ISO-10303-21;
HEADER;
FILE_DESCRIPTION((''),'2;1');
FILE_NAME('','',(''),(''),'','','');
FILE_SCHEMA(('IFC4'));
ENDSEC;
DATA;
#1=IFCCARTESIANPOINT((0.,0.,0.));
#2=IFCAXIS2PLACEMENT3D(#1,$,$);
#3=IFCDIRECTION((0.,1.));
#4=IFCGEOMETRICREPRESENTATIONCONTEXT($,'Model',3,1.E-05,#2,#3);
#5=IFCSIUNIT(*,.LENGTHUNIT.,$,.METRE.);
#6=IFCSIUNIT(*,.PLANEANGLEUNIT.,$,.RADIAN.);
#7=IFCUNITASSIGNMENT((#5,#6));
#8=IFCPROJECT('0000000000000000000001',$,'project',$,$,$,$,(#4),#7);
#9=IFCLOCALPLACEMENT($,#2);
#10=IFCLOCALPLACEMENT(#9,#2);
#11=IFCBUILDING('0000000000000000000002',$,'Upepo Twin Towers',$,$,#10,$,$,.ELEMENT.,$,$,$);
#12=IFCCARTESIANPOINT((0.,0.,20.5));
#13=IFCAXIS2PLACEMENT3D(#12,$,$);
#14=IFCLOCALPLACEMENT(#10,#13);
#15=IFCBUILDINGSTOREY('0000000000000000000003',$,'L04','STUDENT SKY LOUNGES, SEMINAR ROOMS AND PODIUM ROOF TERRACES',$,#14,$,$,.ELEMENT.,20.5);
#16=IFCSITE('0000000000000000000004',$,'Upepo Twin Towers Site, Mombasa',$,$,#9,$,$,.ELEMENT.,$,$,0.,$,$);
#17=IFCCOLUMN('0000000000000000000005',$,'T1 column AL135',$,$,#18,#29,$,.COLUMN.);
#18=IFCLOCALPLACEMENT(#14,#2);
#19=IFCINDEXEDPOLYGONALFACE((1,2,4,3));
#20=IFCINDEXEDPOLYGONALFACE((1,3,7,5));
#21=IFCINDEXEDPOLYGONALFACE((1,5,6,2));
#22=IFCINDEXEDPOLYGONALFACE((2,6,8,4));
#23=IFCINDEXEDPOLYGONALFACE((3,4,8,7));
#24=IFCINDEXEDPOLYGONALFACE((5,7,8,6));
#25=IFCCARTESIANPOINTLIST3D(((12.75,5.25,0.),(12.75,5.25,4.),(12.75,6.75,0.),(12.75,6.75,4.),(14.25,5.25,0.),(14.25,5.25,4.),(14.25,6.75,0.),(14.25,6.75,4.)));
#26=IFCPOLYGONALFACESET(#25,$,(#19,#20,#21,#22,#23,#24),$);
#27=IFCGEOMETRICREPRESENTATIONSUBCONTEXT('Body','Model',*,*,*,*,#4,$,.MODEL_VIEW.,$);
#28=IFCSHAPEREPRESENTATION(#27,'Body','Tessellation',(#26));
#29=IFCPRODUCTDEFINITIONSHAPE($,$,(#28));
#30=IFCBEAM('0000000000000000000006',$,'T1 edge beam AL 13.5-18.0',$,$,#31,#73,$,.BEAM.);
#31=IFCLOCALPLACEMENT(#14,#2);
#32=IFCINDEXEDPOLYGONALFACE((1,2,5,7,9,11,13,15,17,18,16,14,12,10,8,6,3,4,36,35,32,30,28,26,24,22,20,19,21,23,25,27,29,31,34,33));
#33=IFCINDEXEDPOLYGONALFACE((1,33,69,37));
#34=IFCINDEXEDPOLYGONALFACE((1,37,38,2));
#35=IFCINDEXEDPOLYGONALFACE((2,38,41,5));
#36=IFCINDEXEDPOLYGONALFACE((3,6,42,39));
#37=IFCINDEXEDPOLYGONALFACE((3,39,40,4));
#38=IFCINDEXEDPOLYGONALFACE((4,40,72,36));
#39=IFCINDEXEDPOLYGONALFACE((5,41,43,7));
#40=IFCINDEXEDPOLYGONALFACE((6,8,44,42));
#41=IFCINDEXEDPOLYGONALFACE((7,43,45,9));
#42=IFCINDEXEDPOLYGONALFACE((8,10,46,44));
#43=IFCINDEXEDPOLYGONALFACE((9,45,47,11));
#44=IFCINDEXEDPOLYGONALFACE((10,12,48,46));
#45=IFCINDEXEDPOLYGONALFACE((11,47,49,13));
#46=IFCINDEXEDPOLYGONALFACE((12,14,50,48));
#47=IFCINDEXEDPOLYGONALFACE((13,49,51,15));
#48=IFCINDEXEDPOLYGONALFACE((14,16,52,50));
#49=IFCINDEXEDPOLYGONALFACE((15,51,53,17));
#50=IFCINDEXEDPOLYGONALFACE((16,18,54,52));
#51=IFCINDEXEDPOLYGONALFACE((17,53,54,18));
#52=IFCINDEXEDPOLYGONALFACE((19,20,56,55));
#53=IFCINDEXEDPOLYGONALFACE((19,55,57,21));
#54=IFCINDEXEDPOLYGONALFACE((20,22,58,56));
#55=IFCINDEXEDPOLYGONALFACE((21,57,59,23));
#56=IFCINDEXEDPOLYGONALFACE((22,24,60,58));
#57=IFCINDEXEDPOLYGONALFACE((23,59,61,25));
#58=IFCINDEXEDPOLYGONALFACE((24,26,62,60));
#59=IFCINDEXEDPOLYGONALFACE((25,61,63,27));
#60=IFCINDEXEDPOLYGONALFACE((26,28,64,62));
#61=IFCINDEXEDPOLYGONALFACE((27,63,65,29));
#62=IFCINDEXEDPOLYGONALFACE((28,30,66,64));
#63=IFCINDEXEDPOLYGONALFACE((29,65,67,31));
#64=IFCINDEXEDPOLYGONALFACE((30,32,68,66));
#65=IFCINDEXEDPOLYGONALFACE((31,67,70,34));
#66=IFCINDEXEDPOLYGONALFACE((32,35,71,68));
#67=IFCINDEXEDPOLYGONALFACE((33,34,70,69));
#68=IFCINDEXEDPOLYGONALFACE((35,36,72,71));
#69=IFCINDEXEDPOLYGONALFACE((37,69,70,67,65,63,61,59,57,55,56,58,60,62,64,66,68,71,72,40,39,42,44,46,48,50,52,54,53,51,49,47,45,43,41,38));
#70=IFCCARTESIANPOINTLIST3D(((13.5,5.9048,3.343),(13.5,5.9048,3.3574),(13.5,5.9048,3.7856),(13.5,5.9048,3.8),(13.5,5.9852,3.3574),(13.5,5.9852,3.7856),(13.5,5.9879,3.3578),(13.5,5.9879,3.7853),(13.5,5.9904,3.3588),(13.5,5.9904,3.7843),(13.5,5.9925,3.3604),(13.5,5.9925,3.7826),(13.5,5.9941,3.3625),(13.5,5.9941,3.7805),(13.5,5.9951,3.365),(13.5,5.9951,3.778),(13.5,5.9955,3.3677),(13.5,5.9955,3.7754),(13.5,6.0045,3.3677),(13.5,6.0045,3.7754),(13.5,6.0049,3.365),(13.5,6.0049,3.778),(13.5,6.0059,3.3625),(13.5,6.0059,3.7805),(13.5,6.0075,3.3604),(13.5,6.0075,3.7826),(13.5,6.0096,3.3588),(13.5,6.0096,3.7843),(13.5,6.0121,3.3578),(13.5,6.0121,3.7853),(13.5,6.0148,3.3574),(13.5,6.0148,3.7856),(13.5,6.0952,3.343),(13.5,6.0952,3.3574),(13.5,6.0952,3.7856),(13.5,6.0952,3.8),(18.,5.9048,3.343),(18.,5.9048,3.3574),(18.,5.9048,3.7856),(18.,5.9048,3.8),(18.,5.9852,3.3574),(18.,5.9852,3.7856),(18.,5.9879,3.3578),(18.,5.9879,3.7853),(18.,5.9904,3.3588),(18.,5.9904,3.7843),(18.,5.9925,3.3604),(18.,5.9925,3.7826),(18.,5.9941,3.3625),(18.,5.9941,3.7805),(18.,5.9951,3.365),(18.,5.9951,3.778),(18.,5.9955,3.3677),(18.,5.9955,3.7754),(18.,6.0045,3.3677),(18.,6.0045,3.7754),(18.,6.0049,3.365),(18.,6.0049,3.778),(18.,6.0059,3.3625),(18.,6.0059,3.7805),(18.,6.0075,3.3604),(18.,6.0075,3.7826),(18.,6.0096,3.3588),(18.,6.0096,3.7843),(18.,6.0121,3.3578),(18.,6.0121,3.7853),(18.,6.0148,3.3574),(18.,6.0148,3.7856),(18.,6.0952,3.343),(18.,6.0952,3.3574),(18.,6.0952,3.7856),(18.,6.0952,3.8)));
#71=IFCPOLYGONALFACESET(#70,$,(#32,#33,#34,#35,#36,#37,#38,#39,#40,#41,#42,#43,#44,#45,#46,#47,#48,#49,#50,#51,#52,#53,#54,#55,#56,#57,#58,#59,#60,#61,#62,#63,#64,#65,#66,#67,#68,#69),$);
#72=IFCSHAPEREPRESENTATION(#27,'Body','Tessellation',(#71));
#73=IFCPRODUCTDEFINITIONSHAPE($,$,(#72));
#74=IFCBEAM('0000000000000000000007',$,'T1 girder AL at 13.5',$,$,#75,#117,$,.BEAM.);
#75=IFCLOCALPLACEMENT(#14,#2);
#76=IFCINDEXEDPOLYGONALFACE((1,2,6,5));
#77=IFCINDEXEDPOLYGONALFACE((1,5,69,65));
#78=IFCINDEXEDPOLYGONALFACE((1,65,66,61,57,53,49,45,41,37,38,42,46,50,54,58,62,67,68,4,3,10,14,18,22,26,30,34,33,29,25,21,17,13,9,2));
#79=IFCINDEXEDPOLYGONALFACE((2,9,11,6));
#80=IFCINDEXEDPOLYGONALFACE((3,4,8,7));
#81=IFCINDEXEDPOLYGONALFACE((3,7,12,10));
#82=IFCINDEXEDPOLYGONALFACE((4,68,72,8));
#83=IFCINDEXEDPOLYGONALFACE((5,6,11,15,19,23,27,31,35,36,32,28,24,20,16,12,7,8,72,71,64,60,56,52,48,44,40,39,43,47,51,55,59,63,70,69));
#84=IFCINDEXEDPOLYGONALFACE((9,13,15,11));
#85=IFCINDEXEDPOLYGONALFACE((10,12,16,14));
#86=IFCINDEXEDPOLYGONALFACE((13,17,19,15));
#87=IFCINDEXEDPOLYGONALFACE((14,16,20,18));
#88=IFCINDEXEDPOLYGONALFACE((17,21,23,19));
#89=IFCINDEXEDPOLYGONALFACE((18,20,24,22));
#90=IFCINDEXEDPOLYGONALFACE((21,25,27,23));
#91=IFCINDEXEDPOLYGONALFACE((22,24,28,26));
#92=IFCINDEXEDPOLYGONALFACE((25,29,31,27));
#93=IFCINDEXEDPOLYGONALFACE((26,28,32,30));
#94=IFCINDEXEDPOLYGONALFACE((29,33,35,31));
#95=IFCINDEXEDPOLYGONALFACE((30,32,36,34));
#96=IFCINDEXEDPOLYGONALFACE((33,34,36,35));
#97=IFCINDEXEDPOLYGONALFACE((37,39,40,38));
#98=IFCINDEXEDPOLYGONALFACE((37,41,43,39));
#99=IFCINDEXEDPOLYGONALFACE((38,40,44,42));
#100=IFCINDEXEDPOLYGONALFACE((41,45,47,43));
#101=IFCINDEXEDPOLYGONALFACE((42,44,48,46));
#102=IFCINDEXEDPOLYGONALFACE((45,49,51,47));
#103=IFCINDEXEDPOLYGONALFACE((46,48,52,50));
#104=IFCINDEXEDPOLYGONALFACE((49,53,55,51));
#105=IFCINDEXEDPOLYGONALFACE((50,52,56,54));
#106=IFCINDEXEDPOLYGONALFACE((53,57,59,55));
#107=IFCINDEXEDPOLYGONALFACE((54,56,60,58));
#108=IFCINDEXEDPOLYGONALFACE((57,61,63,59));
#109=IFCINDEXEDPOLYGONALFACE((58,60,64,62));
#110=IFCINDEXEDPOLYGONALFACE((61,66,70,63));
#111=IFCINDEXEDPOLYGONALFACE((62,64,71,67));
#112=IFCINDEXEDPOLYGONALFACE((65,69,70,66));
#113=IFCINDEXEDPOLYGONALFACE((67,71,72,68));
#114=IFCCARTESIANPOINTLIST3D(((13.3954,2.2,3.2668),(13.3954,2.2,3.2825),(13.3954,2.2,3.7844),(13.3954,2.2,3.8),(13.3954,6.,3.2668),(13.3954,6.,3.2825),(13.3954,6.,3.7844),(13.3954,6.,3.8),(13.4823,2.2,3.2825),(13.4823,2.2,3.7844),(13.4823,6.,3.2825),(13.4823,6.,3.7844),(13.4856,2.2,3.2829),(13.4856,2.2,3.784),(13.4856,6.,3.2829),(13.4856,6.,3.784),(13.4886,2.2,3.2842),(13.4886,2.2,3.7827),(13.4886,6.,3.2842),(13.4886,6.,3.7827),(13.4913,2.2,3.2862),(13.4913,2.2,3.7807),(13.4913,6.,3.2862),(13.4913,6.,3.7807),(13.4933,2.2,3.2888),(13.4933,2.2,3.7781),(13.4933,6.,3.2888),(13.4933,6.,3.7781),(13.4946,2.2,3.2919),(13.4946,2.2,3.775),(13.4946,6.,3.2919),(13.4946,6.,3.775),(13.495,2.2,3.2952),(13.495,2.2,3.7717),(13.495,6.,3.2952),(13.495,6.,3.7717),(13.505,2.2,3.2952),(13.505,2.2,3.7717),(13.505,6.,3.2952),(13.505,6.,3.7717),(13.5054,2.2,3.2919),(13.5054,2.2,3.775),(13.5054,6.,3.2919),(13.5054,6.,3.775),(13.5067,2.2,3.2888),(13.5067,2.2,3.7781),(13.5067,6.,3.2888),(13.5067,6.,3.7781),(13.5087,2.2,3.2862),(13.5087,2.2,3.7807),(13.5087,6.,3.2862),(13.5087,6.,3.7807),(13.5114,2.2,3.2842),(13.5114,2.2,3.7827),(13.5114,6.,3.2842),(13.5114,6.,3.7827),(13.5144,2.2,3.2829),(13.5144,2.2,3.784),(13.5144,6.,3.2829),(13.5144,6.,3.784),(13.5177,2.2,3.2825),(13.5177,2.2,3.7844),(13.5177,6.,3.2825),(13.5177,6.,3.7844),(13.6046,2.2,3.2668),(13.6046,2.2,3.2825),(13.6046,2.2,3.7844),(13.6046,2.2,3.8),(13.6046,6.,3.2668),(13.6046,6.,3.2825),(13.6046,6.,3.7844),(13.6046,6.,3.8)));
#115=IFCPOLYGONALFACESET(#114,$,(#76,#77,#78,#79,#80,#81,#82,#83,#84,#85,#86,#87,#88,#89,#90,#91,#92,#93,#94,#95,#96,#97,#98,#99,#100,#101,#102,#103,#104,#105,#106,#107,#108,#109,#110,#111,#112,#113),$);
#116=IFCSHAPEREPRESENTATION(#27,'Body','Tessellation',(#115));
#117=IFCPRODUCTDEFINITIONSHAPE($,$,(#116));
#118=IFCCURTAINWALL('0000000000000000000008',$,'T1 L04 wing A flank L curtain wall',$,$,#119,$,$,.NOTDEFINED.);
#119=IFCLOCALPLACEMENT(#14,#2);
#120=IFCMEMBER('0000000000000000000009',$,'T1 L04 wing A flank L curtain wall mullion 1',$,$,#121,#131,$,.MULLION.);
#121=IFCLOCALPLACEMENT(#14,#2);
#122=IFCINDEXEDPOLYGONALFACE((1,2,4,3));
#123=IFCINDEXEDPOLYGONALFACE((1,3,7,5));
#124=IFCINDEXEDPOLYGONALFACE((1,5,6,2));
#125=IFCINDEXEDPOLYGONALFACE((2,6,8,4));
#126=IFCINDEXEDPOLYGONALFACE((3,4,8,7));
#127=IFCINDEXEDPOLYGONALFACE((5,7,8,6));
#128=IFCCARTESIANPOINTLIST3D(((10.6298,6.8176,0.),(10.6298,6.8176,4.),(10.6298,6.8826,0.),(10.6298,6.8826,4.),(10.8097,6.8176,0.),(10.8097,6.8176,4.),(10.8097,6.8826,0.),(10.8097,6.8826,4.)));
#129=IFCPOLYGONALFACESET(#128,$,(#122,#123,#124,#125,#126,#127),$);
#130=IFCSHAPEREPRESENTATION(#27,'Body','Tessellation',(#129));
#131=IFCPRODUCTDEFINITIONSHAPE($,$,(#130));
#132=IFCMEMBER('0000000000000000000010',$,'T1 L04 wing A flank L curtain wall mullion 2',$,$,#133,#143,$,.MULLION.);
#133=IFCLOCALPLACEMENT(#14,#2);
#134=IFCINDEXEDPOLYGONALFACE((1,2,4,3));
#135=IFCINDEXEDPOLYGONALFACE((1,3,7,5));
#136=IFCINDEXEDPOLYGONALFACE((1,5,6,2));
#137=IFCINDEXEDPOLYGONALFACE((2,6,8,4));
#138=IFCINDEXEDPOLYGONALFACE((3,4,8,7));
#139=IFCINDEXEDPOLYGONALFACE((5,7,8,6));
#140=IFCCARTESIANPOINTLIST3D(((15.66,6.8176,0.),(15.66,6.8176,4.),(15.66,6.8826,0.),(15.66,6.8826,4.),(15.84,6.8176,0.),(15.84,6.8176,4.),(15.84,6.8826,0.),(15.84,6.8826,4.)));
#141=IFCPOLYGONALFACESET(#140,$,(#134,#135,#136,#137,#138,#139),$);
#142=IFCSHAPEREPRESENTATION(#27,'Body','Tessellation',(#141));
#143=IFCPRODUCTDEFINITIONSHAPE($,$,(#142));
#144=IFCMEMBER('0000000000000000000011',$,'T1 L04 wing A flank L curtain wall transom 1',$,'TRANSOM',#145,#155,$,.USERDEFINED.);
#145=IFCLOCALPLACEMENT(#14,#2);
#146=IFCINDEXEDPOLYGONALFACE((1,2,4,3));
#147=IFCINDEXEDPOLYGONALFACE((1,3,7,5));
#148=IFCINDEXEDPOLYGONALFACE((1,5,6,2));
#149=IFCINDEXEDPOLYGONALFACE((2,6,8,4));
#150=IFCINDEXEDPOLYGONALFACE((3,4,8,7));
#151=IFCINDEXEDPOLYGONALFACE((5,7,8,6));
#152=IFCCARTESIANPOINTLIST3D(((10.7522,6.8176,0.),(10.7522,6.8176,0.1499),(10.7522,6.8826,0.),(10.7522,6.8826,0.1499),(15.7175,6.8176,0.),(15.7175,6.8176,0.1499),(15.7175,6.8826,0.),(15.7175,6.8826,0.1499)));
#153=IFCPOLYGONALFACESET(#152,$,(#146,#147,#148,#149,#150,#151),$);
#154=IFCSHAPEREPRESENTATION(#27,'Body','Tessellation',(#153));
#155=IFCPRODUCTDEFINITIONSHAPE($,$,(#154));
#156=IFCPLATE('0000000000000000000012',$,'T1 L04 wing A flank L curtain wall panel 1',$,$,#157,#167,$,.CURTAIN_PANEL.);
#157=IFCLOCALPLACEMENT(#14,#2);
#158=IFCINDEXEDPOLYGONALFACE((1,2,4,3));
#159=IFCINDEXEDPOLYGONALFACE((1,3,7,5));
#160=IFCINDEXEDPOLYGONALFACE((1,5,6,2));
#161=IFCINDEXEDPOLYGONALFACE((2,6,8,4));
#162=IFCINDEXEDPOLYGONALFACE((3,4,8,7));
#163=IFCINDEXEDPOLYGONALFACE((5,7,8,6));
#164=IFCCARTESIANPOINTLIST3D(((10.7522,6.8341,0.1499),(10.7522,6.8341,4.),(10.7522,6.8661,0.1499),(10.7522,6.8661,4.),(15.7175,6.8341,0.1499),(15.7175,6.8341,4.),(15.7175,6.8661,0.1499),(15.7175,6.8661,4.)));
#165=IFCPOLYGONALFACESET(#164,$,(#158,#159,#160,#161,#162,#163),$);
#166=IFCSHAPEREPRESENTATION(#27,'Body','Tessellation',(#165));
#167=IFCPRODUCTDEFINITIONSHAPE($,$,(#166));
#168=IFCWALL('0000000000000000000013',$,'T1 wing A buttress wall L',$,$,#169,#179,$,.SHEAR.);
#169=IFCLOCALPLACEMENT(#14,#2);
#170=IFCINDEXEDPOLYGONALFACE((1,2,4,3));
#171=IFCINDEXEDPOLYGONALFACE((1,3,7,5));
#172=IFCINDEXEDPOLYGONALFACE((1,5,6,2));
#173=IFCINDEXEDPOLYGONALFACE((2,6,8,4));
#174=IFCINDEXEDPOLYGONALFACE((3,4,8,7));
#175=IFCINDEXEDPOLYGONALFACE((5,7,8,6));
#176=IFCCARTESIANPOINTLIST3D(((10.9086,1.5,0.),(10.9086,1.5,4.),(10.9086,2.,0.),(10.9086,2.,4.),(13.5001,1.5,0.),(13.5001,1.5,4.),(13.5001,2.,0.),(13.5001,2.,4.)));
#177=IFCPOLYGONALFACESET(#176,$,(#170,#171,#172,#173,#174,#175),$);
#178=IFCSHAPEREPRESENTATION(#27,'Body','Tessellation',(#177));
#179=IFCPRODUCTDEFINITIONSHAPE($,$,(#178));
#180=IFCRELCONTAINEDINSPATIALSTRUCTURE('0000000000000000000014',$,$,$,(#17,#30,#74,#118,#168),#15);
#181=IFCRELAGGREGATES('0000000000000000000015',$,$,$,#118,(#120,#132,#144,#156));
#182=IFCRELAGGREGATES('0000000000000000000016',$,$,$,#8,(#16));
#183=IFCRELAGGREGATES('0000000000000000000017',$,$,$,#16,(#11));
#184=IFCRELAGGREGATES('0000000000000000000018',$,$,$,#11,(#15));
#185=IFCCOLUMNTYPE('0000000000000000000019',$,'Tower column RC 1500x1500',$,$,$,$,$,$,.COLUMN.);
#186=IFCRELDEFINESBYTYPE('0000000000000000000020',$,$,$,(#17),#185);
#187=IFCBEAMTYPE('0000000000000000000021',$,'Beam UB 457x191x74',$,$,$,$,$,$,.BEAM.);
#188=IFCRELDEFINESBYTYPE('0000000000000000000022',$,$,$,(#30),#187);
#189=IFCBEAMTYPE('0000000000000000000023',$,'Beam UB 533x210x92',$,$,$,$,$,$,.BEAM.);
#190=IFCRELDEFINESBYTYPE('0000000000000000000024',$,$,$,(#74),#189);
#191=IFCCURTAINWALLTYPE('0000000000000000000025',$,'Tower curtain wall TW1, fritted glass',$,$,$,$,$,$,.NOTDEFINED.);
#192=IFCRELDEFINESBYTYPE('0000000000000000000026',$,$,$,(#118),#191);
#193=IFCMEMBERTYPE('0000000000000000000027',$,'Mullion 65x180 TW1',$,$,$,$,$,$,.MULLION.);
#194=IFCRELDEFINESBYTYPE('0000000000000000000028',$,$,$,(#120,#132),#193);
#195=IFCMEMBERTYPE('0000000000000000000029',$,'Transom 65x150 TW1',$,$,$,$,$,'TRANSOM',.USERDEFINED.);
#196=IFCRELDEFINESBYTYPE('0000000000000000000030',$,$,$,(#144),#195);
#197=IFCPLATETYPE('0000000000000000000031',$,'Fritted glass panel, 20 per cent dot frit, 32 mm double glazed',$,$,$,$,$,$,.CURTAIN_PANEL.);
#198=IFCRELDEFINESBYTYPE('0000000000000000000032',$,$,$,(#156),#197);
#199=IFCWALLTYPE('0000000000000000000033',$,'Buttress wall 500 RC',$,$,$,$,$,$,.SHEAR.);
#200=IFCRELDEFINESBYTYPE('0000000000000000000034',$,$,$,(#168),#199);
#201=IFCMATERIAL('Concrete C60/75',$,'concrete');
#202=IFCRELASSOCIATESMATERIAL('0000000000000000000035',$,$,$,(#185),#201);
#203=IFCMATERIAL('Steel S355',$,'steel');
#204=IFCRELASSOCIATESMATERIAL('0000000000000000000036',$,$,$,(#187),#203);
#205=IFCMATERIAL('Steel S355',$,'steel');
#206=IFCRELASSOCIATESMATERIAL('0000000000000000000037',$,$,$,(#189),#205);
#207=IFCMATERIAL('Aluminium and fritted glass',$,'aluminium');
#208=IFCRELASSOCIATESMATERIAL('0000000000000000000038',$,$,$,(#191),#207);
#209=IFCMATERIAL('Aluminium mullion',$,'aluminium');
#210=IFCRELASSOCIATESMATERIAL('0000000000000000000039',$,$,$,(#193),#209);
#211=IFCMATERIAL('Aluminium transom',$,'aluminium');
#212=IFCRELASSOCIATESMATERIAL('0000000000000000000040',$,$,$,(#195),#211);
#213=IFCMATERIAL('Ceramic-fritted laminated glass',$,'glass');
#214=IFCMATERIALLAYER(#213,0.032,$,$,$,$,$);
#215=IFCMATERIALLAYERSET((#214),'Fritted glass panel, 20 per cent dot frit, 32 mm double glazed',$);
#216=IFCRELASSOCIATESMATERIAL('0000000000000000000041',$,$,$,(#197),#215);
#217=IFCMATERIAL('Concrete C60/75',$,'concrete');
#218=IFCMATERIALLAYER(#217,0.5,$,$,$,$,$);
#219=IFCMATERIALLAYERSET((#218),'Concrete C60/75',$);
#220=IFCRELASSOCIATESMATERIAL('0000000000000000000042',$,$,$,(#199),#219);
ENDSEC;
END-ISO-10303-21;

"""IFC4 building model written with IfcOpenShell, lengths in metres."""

from ifc_helpers import new_model, si_unit, direction, frame, frame_2d, origin, origin_2d, place, context, subcontext, project, spatial, rectangle, i_section, extrude, material, layer, layer_set, material_profile, profile_set, type_object, element, aggregate, save


model = new_model("IFC4")

# Units and contexts
model_context = context("Model", 3, precision=1e-05, world=origin(), true_north=direction((0.0, 1.0)))
body_context = subcontext(model_context, "Body", "Model", "MODEL_VIEW")
ifc_project = project(units=[si_unit("LENGTHUNIT", "METRE"), si_unit("PLANEANGLEUNIT", "RADIAN")], contexts=[model_context])

# Site, building, storey
site_placement = place(None, origin())
site = spatial("IfcSite", under=ifc_project, at=site_placement, Name="Upepo Twin Towers Site, Mombasa", CompositionType="ELEMENT", RefElevation=0.0)
building_placement = place(site_placement, origin())
building = spatial("IfcBuilding", under=site, at=building_placement, Name="Upepo Twin Towers", CompositionType="ELEMENT")
storey_placement = place(building_placement, frame((0.0, 0.0, 20.5)))
storey = spatial("IfcBuildingStorey", under=building, at=storey_placement, Name="L04", Description="STUDENT SKY LOUNGES, SEMINAR ROOMS AND PODIUM ROOF TERRACES", CompositionType="ELEMENT", Elevation=20.5)

# Column
ifc_material_1 = material(Name="Concrete C60/75", Category="concrete")
ifc_material_profile_1 = material_profile(ifc_material_1, rectangle(XDim=1.5, YDim=1.5, at=origin_2d()), Name="RC 1500x1500")
ifc_profile_set_1 = profile_set([ifc_material_profile_1], Name="Concrete C60/75")
column_type = type_object("IfcColumnType", Name="Tower column RC 1500x1500", PredefinedType="COLUMN", material=ifc_profile_set_1)
column_placement = place(storey_placement, frame((13.5, 6.0, 0.0), z_axis=(0.0, 0.0, 1.0), x_axis=(1.0, 0.0, 0.0)))
element("IfcColumn", 1, at=column_placement, inside=storey, type_object=column_type, Name="T1 column AL135", PredefinedType="COLUMN", context=body_context, shape_type="SweptSolid", body=[
    extrude(rectangle(XDim=1.5, YDim=1.5, at=origin_2d()), origin(), (0.0, 0.0, 1.0), 4.0),
])

# Beams
ifc_material_2 = material(Name="Steel S355", Category="steel")
ifc_material_profile_2 = material_profile(ifc_material_2, i_section(OverallWidth=0.1904, OverallDepth=0.457, WebThickness=0.009, FlangeThickness=0.0144, FilletRadius=0.0103, at=origin_2d()), Name="UB 457x191x74")
ifc_profile_set_2 = profile_set([ifc_material_profile_2], Name="Steel S355")
beam_type_1 = type_object("IfcBeamType", Name="Beam UB 457x191x74", PredefinedType="BEAM", material=ifc_profile_set_2)
beam_1_placement = place(storey_placement, frame((13.5, 6.0, 3.5715), z_axis=(1.0, 0.0, 0.0), x_axis=(0.0, 1.0, 0.0)))
element("IfcBeam", 2, at=beam_1_placement, inside=storey, type_object=beam_type_1, Name="T1 edge beam AL 13.5-18.0", PredefinedType="BEAM", context=body_context, shape_type="SweptSolid", body=[
    extrude(i_section(OverallWidth=0.1904, OverallDepth=0.457, WebThickness=0.009, FlangeThickness=0.0144, FilletRadius=0.0103, at=origin_2d()), origin(), (0.0, 0.0, 1.0), 4.5),
])
ifc_material_3 = material(Name="Steel S355", Category="steel")
ifc_material_profile_3 = material_profile(ifc_material_3, i_section(OverallWidth=0.2092, OverallDepth=0.5332, WebThickness=0.01, FlangeThickness=0.0156, FilletRadius=0.0127, at=origin_2d()), Name="UB 533x210x92")
ifc_profile_set_3 = profile_set([ifc_material_profile_3], Name="Steel S355")
beam_type_2 = type_object("IfcBeamType", Name="Beam UB 533x210x92", PredefinedType="BEAM", material=ifc_profile_set_3)
beam_2_placement = place(storey_placement, frame((13.5, 6.0, 3.5334), z_axis=(0.0, -1.0, 0.0), x_axis=(1.0, 0.0, 0.0)))
element("IfcBeam", 3, at=beam_2_placement, inside=storey, type_object=beam_type_2, Name="T1 girder AL at 13.5", PredefinedType="BEAM", context=body_context, shape_type="SweptSolid", body=[
    extrude(i_section(OverallWidth=0.2092, OverallDepth=0.5332, WebThickness=0.01, FlangeThickness=0.0156, FilletRadius=0.0127, at=origin_2d()), origin(), (0.0, 0.0, 1.0), 3.8),
])

# Curtain wall, members, plate
ifc_material_4 = material(Name="Aluminium and fritted glass", Category="aluminium")
curtain_wall_type = type_object("IfcCurtainWallType", Name="Tower curtain wall TW1, fritted glass", PredefinedType="NOTDEFINED", material=ifc_material_4)
curtain_wall_placement = place(storey_placement, origin())
curtain_wall = element("IfcCurtainWall", 4, at=curtain_wall_placement, inside=storey, type_object=curtain_wall_type, Name="T1 L04 wing A flank L curtain wall", PredefinedType="NOTDEFINED")
ifc_material_5 = material(Name="Aluminium mullion", Category="aluminium")
ifc_material_profile_4 = material_profile(ifc_material_5, rectangle(XDim=0.0649, YDim=0.1799, at=origin_2d()), Name="MULLION 65x180")
ifc_profile_set_4 = profile_set([ifc_material_profile_4], Name="Aluminium mullion")
member_type_1 = type_object("IfcMemberType", Name="Mullion 65x180 TW1", PredefinedType="MULLION", material=ifc_profile_set_4)
member_1_placement = place(storey_placement, frame((10.7197, 6.8501, 0.0), z_axis=(0.0, 0.0, 1.0), x_axis=(0.0, 1.0, 0.0)))
member_1 = element("IfcMember", 5, at=member_1_placement, type_object=member_type_1, Name="T1 L04 wing A flank L curtain wall mullion 1", PredefinedType="MULLION", context=body_context, shape_type="SweptSolid", body=[
    extrude(rectangle(XDim=0.0649, YDim=0.1799, at=origin_2d()), origin(), (0.0, 0.0, 1.0), 4.0),
])
member_2_placement = place(storey_placement, frame((15.75, 6.8501, 0.0), z_axis=(0.0, 0.0, 1.0), x_axis=(0.0, 1.0, 0.0)))
member_2 = element("IfcMember", 6, at=member_2_placement, type_object=member_type_1, Name="T1 L04 wing A flank L curtain wall mullion 2", PredefinedType="MULLION", context=body_context, shape_type="SweptSolid", body=[
    extrude(rectangle(XDim=0.0649, YDim=0.1799, at=origin_2d()), origin(), (0.0, 0.0, 1.0), 4.0),
])
ifc_material_6 = material(Name="Aluminium transom", Category="aluminium")
ifc_material_profile_5 = material_profile(ifc_material_6, rectangle(XDim=0.0649, YDim=0.1499, at=origin_2d()), Name="TRANSOM 65x150")
ifc_profile_set_5 = profile_set([ifc_material_profile_5], Name="Aluminium transom")
member_type_2 = type_object("IfcMemberType", Name="Transom 65x150 TW1", ElementType="TRANSOM", PredefinedType="USERDEFINED", material=ifc_profile_set_5)
member_3_placement = place(storey_placement, frame((10.7522, 6.8501, 0.075), z_axis=(1.0, 0.0, 0.0), x_axis=(0.0, 1.0, 0.0)))
member_3 = element("IfcMember", 7, at=member_3_placement, type_object=member_type_2, Name="T1 L04 wing A flank L curtain wall transom 1", ObjectType="TRANSOM", PredefinedType="USERDEFINED", context=body_context, shape_type="SweptSolid", body=[
    extrude(rectangle(XDim=0.0649, YDim=0.1499, at=origin_2d()), origin(), (0.0, 0.0, 1.0), 4.9653),
])
ifc_material_7 = material(Name="Ceramic-fritted laminated glass", Category="glass")
ifc_layer_1 = layer(ifc_material_7, 0.032)
ifc_layer_set_1 = layer_set([ifc_layer_1], Name="Fritted glass panel, 20 per cent dot frit, 32 mm double glazed")
plate_type = type_object("IfcPlateType", Name="Fritted glass panel, 20 per cent dot frit, 32 mm double glazed", PredefinedType="CURTAIN_PANEL", material=ifc_layer_set_1)
plate_placement = place(storey_placement, frame((13.2349, 6.8501, 0.1499), z_axis=(0.0, 0.0, 1.0), x_axis=(1.0, 0.0, 0.0)))
plate = element("IfcPlate", 8, at=plate_placement, type_object=plate_type, Name="T1 L04 wing A flank L curtain wall panel 1", PredefinedType="CURTAIN_PANEL", context=body_context, shape_type="SweptSolid", body=[
    extrude(rectangle(XDim=4.9653, YDim=0.032, at=origin_2d()), origin(), (0.0, 0.0, 1.0), 3.8501),
])
aggregate(curtain_wall, [member_1, member_2, member_3, plate])

# Wall
ifc_material_8 = material(Name="Concrete C60/75", Category="concrete")
ifc_layer_2 = layer(ifc_material_8, 0.5)
ifc_layer_set_2 = layer_set([ifc_layer_2], Name="Concrete C60/75")
wall_type_1 = type_object("IfcWallType", Name="Buttress wall 500 RC", PredefinedType="SHEAR", material=ifc_layer_set_2)
wall_1_placement = place(storey_placement, frame((10.9084, 1.75, 0.0), z_axis=(0.0, 0.0, 1.0), x_axis=(1.0, 0.0, 0.0)))
element("IfcWall", 9, at=wall_1_placement, inside=storey, type_object=wall_type_1, Name="T1 wing A buttress wall L", PredefinedType="SHEAR", context=body_context, shape_type="SweptSolid", body=[
    extrude(rectangle(XDim=2.5916, YDim=0.5, at=frame_2d((1.2959, 0.0))), origin(), (0.0, 0.0, 1.0), 4.0),
])

save(model, "model.ifc")
